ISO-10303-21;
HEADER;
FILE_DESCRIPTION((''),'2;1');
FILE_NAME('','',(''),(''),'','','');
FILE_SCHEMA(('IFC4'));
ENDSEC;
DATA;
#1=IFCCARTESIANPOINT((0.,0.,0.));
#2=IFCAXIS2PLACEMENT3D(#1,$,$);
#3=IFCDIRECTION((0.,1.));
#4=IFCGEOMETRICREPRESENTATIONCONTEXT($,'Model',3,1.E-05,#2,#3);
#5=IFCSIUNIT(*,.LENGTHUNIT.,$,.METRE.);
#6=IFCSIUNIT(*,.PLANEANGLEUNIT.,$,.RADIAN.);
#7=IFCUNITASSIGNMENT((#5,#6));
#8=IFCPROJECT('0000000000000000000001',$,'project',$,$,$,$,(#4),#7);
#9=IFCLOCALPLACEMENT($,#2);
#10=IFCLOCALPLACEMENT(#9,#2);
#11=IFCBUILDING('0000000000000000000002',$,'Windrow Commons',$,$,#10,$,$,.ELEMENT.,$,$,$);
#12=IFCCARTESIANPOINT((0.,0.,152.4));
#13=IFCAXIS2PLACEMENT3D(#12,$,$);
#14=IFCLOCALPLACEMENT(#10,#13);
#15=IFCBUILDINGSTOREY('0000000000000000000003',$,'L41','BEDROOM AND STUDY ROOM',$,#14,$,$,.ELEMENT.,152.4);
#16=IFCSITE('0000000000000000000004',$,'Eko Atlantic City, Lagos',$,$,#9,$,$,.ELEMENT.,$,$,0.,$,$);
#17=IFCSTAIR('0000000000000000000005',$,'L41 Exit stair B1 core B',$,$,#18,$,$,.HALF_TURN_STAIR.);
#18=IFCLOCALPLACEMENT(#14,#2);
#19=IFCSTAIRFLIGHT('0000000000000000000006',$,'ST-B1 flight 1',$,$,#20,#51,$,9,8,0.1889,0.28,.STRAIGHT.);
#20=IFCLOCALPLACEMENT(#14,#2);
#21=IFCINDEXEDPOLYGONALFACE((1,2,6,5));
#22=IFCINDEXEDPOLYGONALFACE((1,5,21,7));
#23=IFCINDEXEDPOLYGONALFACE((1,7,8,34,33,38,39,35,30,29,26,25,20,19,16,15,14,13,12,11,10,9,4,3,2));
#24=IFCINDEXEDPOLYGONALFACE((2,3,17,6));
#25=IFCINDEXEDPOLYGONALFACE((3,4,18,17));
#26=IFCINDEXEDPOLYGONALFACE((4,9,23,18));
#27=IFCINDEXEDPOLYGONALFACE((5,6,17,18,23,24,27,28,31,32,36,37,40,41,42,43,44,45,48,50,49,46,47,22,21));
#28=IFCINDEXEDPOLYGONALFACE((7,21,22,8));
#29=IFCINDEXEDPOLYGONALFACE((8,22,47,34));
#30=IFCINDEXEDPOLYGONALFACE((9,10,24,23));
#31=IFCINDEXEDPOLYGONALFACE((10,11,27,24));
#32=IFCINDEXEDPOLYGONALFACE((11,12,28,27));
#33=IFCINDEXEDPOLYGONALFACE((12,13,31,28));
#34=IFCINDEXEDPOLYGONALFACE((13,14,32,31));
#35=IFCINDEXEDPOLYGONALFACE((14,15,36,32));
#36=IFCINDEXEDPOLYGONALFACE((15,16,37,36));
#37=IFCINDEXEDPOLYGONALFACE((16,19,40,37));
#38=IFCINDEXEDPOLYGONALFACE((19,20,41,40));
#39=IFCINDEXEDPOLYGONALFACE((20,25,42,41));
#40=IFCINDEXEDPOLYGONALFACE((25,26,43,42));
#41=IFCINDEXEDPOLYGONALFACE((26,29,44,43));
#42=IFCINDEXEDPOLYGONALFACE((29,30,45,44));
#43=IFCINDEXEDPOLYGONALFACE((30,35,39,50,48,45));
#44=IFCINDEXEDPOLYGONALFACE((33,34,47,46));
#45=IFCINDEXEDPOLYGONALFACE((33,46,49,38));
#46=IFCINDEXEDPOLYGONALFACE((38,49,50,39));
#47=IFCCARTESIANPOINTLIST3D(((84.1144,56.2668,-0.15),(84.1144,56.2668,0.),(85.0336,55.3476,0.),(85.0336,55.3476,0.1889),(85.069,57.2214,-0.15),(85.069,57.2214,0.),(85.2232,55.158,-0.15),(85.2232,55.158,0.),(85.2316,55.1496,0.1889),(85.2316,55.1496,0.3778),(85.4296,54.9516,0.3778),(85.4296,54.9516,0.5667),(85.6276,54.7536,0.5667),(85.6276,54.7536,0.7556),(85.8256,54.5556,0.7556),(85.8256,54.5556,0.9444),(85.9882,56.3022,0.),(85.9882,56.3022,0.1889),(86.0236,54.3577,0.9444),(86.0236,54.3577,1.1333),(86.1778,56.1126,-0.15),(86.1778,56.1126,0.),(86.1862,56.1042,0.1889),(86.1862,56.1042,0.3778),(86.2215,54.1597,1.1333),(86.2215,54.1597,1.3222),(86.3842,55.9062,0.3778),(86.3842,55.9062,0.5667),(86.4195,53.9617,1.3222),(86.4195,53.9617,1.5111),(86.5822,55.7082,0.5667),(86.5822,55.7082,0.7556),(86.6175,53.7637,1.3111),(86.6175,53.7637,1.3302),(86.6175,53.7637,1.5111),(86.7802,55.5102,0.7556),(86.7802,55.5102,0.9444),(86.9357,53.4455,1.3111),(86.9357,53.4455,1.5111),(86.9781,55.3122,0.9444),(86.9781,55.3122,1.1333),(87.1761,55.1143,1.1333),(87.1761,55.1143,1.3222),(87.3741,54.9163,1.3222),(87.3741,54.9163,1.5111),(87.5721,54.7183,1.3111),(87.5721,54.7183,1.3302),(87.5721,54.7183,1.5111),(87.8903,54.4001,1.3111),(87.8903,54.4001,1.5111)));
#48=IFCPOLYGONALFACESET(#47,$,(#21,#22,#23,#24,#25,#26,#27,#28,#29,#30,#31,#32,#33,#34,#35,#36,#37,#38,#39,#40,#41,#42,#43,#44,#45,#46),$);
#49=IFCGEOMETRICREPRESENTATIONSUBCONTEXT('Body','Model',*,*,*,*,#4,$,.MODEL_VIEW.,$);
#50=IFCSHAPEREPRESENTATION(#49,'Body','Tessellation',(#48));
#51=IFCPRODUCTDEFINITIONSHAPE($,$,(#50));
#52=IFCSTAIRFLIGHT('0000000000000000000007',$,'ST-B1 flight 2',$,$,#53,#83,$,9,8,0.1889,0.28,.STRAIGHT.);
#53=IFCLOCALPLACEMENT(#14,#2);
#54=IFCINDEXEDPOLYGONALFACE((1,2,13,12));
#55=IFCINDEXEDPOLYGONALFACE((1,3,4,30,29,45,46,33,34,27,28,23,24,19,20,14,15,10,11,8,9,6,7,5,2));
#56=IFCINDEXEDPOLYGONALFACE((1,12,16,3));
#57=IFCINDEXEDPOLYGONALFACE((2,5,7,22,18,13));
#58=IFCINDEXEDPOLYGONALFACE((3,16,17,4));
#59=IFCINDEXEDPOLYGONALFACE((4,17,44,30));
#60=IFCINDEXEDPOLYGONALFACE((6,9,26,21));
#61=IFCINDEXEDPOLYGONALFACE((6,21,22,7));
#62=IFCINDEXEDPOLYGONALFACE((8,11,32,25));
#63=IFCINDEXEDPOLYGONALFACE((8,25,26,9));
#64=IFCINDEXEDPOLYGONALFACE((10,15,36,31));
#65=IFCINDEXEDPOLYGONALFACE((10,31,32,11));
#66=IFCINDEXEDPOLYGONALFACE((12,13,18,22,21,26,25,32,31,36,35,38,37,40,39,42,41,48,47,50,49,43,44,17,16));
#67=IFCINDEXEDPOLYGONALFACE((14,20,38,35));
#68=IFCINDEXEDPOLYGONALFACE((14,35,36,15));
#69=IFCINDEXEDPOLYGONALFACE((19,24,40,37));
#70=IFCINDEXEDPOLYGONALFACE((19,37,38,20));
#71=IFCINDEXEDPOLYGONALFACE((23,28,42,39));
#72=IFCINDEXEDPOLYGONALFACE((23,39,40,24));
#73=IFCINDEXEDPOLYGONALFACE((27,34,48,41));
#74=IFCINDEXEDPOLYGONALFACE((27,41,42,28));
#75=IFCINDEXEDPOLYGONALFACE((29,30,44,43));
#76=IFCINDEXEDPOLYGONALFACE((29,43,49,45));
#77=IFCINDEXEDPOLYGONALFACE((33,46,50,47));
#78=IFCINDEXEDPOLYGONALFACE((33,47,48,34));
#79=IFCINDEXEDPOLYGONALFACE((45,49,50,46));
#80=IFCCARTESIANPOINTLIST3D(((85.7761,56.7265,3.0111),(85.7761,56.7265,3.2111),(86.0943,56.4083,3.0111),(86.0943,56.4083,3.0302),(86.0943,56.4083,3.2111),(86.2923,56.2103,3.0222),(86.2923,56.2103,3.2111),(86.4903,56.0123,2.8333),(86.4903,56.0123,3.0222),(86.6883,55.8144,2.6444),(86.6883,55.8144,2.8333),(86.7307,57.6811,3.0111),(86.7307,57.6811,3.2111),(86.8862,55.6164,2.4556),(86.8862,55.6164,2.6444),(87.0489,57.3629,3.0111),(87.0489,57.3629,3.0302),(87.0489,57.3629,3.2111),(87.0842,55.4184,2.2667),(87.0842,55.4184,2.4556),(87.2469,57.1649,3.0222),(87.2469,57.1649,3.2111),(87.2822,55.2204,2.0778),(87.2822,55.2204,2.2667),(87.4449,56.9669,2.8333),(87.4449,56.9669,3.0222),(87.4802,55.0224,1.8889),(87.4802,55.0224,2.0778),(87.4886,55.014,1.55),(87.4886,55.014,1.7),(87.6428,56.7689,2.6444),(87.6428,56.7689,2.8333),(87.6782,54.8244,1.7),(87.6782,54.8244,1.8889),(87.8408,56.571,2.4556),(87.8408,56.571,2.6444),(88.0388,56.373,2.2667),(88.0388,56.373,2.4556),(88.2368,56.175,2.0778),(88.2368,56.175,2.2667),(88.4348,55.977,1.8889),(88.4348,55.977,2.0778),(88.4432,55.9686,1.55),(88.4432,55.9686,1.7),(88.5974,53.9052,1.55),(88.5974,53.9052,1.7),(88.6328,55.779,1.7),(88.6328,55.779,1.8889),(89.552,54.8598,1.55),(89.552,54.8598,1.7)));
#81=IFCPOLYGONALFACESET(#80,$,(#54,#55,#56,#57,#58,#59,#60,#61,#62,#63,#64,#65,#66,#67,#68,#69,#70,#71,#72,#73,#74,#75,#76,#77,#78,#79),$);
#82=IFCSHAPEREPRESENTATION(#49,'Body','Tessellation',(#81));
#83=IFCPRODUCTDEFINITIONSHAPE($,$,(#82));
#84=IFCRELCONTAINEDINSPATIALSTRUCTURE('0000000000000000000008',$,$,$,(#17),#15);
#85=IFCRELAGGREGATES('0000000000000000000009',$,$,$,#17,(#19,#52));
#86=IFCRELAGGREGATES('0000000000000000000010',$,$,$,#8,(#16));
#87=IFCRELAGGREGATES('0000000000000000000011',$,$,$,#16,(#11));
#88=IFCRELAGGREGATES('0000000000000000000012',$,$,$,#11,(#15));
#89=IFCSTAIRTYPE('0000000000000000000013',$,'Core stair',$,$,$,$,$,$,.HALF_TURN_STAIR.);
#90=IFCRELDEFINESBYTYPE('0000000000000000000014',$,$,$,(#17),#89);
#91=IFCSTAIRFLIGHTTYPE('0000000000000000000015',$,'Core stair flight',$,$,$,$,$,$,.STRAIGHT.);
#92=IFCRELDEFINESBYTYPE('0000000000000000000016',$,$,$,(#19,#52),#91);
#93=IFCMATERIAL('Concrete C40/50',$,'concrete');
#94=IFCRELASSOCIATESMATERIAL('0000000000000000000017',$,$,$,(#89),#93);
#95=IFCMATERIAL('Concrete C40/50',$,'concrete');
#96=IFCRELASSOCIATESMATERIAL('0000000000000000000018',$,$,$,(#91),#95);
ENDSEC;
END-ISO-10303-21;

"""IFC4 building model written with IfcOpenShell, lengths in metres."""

from ifc_helpers import new_model, si_unit, direction, frame, origin, place, context, subcontext, project, spatial, polyline, outline, extrude, material, type_object, element, aggregate, save


model = new_model("IFC4")

# Units and contexts
model_context = context("Model", 3, precision=1e-05, world=origin(), true_north=direction((0.0, 1.0)))
body_context = subcontext(model_context, "Body", "Model", "MODEL_VIEW")
ifc_project = project(units=[si_unit("LENGTHUNIT", "METRE"), si_unit("PLANEANGLEUNIT", "RADIAN")], contexts=[model_context])

# Site, building, storey
site_placement = place(None, origin())
site = spatial("IfcSite", under=ifc_project, at=site_placement, Name="Eko Atlantic City, Lagos", CompositionType="ELEMENT", RefElevation=0.0)
building_placement = place(site_placement, origin())
building = spatial("IfcBuilding", under=site, at=building_placement, Name="Windrow Commons", CompositionType="ELEMENT")
storey_placement = place(building_placement, frame((0.0, 0.0, 152.4)))
storey = spatial("IfcBuildingStorey", under=building, at=storey_placement, Name="L41", Description="BEDROOM AND STUDY ROOM", CompositionType="ELEMENT", Elevation=152.4)

# Stair, stair flights
ifc_material_1 = material(Name="Concrete C40/50", Category="concrete")
stair_type = type_object("IfcStairType", Name="Core stair", PredefinedType="HALF_TURN_STAIR", material=ifc_material_1)
stair_placement = place(storey_placement, origin())
stair = element("IfcStair", 1, at=stair_placement, inside=storey, type_object=stair_type, Name="L41 Exit stair B1 core B", PredefinedType="HALF_TURN_STAIR")
ifc_material_2 = material(Name="Concrete C40/50", Category="concrete")
stair_flight_type = type_object("IfcStairFlightType", Name="Core stair flight", PredefinedType="STRAIGHT", material=ifc_material_2)
stair_flight_1_placement = place(storey_placement, frame((85.5109, 55.8249, 0.0), z_axis=(0.0, 0.0, 1.0), x_axis=(0.707107, -0.707107, 0.0)))
stair_flight_1 = element("IfcStairFlight", 2, at=stair_flight_1_placement, type_object=stair_flight_type, Name="ST-B1 flight 1", NumberOfRisers=9, NumberOfTreads=8, PredefinedType="STRAIGHT", RiserHeight=0.1889, TreadLength=0.28, context=body_context, shape_type="SweptSolid", body=[
    extrude(outline(polyline([(-1.3, -0.15), (-1.3, 0.0), (0.0, 0.0), (0.0, 0.1889), (0.28, 0.1889), (0.28, 0.3778), (0.56, 0.3778), (0.56, 0.5667), (0.84, 0.5667), (0.84, 0.7556), (1.12, 0.7556), (1.12, 0.9444), (1.4, 0.9444), (1.4, 1.1333), (1.68, 1.1333), (1.68, 1.3222), (1.96, 1.3222), (1.96, 1.5111), (2.24, 1.5111), (2.69, 1.5111), (2.69, 1.3111), (2.24, 1.3111), (2.24, 1.3302), (0.2682, 0.0), (0.2682, -0.15), (-1.3, -0.15)])), frame((0.0, 0.675, 0.0), z_axis=(0.0, -1.0, 0.0), x_axis=(1.0, 0.0, 0.0)), (0.0, 0.0, 1.0), 1.35),
])
stair_flight_2_placement = place(storey_placement, frame((88.1555, 55.3017, 1.7), z_axis=(0.0, 0.0, 1.0), x_axis=(-0.707107, 0.707107, 0.0)))
stair_flight_2 = element("IfcStairFlight", 3, at=stair_flight_2_placement, type_object=stair_flight_type, Name="ST-B1 flight 2", NumberOfRisers=9, NumberOfTreads=8, PredefinedType="STRAIGHT", RiserHeight=0.1889, TreadLength=0.28, context=body_context, shape_type="SweptSolid", body=[
    extrude(outline(polyline([(-1.3, -0.15), (-1.3, 0.0), (0.0, 0.0), (0.0, 0.1889), (0.28, 0.1889), (0.28, 0.3778), (0.56, 0.3778), (0.56, 0.5667), (0.84, 0.5667), (0.84, 0.7556), (1.12, 0.7556), (1.12, 0.9444), (1.4, 0.9444), (1.4, 1.1333), (1.68, 1.1333), (1.68, 1.3222), (1.96, 1.3222), (1.96, 1.5111), (2.24, 1.5111), (2.69, 1.5111), (2.69, 1.3111), (2.24, 1.3111), (2.24, 1.3302), (0.2682, 0.0), (0.2682, -0.15), (-1.3, -0.15)])), frame((0.0, 0.675, 0.0), z_axis=(0.0, -1.0, 0.0), x_axis=(1.0, 0.0, 0.0)), (0.0, 0.0, 1.0), 1.35),
])
aggregate(stair, [stair_flight_1, stair_flight_2])

save(model, "model.ifc")
